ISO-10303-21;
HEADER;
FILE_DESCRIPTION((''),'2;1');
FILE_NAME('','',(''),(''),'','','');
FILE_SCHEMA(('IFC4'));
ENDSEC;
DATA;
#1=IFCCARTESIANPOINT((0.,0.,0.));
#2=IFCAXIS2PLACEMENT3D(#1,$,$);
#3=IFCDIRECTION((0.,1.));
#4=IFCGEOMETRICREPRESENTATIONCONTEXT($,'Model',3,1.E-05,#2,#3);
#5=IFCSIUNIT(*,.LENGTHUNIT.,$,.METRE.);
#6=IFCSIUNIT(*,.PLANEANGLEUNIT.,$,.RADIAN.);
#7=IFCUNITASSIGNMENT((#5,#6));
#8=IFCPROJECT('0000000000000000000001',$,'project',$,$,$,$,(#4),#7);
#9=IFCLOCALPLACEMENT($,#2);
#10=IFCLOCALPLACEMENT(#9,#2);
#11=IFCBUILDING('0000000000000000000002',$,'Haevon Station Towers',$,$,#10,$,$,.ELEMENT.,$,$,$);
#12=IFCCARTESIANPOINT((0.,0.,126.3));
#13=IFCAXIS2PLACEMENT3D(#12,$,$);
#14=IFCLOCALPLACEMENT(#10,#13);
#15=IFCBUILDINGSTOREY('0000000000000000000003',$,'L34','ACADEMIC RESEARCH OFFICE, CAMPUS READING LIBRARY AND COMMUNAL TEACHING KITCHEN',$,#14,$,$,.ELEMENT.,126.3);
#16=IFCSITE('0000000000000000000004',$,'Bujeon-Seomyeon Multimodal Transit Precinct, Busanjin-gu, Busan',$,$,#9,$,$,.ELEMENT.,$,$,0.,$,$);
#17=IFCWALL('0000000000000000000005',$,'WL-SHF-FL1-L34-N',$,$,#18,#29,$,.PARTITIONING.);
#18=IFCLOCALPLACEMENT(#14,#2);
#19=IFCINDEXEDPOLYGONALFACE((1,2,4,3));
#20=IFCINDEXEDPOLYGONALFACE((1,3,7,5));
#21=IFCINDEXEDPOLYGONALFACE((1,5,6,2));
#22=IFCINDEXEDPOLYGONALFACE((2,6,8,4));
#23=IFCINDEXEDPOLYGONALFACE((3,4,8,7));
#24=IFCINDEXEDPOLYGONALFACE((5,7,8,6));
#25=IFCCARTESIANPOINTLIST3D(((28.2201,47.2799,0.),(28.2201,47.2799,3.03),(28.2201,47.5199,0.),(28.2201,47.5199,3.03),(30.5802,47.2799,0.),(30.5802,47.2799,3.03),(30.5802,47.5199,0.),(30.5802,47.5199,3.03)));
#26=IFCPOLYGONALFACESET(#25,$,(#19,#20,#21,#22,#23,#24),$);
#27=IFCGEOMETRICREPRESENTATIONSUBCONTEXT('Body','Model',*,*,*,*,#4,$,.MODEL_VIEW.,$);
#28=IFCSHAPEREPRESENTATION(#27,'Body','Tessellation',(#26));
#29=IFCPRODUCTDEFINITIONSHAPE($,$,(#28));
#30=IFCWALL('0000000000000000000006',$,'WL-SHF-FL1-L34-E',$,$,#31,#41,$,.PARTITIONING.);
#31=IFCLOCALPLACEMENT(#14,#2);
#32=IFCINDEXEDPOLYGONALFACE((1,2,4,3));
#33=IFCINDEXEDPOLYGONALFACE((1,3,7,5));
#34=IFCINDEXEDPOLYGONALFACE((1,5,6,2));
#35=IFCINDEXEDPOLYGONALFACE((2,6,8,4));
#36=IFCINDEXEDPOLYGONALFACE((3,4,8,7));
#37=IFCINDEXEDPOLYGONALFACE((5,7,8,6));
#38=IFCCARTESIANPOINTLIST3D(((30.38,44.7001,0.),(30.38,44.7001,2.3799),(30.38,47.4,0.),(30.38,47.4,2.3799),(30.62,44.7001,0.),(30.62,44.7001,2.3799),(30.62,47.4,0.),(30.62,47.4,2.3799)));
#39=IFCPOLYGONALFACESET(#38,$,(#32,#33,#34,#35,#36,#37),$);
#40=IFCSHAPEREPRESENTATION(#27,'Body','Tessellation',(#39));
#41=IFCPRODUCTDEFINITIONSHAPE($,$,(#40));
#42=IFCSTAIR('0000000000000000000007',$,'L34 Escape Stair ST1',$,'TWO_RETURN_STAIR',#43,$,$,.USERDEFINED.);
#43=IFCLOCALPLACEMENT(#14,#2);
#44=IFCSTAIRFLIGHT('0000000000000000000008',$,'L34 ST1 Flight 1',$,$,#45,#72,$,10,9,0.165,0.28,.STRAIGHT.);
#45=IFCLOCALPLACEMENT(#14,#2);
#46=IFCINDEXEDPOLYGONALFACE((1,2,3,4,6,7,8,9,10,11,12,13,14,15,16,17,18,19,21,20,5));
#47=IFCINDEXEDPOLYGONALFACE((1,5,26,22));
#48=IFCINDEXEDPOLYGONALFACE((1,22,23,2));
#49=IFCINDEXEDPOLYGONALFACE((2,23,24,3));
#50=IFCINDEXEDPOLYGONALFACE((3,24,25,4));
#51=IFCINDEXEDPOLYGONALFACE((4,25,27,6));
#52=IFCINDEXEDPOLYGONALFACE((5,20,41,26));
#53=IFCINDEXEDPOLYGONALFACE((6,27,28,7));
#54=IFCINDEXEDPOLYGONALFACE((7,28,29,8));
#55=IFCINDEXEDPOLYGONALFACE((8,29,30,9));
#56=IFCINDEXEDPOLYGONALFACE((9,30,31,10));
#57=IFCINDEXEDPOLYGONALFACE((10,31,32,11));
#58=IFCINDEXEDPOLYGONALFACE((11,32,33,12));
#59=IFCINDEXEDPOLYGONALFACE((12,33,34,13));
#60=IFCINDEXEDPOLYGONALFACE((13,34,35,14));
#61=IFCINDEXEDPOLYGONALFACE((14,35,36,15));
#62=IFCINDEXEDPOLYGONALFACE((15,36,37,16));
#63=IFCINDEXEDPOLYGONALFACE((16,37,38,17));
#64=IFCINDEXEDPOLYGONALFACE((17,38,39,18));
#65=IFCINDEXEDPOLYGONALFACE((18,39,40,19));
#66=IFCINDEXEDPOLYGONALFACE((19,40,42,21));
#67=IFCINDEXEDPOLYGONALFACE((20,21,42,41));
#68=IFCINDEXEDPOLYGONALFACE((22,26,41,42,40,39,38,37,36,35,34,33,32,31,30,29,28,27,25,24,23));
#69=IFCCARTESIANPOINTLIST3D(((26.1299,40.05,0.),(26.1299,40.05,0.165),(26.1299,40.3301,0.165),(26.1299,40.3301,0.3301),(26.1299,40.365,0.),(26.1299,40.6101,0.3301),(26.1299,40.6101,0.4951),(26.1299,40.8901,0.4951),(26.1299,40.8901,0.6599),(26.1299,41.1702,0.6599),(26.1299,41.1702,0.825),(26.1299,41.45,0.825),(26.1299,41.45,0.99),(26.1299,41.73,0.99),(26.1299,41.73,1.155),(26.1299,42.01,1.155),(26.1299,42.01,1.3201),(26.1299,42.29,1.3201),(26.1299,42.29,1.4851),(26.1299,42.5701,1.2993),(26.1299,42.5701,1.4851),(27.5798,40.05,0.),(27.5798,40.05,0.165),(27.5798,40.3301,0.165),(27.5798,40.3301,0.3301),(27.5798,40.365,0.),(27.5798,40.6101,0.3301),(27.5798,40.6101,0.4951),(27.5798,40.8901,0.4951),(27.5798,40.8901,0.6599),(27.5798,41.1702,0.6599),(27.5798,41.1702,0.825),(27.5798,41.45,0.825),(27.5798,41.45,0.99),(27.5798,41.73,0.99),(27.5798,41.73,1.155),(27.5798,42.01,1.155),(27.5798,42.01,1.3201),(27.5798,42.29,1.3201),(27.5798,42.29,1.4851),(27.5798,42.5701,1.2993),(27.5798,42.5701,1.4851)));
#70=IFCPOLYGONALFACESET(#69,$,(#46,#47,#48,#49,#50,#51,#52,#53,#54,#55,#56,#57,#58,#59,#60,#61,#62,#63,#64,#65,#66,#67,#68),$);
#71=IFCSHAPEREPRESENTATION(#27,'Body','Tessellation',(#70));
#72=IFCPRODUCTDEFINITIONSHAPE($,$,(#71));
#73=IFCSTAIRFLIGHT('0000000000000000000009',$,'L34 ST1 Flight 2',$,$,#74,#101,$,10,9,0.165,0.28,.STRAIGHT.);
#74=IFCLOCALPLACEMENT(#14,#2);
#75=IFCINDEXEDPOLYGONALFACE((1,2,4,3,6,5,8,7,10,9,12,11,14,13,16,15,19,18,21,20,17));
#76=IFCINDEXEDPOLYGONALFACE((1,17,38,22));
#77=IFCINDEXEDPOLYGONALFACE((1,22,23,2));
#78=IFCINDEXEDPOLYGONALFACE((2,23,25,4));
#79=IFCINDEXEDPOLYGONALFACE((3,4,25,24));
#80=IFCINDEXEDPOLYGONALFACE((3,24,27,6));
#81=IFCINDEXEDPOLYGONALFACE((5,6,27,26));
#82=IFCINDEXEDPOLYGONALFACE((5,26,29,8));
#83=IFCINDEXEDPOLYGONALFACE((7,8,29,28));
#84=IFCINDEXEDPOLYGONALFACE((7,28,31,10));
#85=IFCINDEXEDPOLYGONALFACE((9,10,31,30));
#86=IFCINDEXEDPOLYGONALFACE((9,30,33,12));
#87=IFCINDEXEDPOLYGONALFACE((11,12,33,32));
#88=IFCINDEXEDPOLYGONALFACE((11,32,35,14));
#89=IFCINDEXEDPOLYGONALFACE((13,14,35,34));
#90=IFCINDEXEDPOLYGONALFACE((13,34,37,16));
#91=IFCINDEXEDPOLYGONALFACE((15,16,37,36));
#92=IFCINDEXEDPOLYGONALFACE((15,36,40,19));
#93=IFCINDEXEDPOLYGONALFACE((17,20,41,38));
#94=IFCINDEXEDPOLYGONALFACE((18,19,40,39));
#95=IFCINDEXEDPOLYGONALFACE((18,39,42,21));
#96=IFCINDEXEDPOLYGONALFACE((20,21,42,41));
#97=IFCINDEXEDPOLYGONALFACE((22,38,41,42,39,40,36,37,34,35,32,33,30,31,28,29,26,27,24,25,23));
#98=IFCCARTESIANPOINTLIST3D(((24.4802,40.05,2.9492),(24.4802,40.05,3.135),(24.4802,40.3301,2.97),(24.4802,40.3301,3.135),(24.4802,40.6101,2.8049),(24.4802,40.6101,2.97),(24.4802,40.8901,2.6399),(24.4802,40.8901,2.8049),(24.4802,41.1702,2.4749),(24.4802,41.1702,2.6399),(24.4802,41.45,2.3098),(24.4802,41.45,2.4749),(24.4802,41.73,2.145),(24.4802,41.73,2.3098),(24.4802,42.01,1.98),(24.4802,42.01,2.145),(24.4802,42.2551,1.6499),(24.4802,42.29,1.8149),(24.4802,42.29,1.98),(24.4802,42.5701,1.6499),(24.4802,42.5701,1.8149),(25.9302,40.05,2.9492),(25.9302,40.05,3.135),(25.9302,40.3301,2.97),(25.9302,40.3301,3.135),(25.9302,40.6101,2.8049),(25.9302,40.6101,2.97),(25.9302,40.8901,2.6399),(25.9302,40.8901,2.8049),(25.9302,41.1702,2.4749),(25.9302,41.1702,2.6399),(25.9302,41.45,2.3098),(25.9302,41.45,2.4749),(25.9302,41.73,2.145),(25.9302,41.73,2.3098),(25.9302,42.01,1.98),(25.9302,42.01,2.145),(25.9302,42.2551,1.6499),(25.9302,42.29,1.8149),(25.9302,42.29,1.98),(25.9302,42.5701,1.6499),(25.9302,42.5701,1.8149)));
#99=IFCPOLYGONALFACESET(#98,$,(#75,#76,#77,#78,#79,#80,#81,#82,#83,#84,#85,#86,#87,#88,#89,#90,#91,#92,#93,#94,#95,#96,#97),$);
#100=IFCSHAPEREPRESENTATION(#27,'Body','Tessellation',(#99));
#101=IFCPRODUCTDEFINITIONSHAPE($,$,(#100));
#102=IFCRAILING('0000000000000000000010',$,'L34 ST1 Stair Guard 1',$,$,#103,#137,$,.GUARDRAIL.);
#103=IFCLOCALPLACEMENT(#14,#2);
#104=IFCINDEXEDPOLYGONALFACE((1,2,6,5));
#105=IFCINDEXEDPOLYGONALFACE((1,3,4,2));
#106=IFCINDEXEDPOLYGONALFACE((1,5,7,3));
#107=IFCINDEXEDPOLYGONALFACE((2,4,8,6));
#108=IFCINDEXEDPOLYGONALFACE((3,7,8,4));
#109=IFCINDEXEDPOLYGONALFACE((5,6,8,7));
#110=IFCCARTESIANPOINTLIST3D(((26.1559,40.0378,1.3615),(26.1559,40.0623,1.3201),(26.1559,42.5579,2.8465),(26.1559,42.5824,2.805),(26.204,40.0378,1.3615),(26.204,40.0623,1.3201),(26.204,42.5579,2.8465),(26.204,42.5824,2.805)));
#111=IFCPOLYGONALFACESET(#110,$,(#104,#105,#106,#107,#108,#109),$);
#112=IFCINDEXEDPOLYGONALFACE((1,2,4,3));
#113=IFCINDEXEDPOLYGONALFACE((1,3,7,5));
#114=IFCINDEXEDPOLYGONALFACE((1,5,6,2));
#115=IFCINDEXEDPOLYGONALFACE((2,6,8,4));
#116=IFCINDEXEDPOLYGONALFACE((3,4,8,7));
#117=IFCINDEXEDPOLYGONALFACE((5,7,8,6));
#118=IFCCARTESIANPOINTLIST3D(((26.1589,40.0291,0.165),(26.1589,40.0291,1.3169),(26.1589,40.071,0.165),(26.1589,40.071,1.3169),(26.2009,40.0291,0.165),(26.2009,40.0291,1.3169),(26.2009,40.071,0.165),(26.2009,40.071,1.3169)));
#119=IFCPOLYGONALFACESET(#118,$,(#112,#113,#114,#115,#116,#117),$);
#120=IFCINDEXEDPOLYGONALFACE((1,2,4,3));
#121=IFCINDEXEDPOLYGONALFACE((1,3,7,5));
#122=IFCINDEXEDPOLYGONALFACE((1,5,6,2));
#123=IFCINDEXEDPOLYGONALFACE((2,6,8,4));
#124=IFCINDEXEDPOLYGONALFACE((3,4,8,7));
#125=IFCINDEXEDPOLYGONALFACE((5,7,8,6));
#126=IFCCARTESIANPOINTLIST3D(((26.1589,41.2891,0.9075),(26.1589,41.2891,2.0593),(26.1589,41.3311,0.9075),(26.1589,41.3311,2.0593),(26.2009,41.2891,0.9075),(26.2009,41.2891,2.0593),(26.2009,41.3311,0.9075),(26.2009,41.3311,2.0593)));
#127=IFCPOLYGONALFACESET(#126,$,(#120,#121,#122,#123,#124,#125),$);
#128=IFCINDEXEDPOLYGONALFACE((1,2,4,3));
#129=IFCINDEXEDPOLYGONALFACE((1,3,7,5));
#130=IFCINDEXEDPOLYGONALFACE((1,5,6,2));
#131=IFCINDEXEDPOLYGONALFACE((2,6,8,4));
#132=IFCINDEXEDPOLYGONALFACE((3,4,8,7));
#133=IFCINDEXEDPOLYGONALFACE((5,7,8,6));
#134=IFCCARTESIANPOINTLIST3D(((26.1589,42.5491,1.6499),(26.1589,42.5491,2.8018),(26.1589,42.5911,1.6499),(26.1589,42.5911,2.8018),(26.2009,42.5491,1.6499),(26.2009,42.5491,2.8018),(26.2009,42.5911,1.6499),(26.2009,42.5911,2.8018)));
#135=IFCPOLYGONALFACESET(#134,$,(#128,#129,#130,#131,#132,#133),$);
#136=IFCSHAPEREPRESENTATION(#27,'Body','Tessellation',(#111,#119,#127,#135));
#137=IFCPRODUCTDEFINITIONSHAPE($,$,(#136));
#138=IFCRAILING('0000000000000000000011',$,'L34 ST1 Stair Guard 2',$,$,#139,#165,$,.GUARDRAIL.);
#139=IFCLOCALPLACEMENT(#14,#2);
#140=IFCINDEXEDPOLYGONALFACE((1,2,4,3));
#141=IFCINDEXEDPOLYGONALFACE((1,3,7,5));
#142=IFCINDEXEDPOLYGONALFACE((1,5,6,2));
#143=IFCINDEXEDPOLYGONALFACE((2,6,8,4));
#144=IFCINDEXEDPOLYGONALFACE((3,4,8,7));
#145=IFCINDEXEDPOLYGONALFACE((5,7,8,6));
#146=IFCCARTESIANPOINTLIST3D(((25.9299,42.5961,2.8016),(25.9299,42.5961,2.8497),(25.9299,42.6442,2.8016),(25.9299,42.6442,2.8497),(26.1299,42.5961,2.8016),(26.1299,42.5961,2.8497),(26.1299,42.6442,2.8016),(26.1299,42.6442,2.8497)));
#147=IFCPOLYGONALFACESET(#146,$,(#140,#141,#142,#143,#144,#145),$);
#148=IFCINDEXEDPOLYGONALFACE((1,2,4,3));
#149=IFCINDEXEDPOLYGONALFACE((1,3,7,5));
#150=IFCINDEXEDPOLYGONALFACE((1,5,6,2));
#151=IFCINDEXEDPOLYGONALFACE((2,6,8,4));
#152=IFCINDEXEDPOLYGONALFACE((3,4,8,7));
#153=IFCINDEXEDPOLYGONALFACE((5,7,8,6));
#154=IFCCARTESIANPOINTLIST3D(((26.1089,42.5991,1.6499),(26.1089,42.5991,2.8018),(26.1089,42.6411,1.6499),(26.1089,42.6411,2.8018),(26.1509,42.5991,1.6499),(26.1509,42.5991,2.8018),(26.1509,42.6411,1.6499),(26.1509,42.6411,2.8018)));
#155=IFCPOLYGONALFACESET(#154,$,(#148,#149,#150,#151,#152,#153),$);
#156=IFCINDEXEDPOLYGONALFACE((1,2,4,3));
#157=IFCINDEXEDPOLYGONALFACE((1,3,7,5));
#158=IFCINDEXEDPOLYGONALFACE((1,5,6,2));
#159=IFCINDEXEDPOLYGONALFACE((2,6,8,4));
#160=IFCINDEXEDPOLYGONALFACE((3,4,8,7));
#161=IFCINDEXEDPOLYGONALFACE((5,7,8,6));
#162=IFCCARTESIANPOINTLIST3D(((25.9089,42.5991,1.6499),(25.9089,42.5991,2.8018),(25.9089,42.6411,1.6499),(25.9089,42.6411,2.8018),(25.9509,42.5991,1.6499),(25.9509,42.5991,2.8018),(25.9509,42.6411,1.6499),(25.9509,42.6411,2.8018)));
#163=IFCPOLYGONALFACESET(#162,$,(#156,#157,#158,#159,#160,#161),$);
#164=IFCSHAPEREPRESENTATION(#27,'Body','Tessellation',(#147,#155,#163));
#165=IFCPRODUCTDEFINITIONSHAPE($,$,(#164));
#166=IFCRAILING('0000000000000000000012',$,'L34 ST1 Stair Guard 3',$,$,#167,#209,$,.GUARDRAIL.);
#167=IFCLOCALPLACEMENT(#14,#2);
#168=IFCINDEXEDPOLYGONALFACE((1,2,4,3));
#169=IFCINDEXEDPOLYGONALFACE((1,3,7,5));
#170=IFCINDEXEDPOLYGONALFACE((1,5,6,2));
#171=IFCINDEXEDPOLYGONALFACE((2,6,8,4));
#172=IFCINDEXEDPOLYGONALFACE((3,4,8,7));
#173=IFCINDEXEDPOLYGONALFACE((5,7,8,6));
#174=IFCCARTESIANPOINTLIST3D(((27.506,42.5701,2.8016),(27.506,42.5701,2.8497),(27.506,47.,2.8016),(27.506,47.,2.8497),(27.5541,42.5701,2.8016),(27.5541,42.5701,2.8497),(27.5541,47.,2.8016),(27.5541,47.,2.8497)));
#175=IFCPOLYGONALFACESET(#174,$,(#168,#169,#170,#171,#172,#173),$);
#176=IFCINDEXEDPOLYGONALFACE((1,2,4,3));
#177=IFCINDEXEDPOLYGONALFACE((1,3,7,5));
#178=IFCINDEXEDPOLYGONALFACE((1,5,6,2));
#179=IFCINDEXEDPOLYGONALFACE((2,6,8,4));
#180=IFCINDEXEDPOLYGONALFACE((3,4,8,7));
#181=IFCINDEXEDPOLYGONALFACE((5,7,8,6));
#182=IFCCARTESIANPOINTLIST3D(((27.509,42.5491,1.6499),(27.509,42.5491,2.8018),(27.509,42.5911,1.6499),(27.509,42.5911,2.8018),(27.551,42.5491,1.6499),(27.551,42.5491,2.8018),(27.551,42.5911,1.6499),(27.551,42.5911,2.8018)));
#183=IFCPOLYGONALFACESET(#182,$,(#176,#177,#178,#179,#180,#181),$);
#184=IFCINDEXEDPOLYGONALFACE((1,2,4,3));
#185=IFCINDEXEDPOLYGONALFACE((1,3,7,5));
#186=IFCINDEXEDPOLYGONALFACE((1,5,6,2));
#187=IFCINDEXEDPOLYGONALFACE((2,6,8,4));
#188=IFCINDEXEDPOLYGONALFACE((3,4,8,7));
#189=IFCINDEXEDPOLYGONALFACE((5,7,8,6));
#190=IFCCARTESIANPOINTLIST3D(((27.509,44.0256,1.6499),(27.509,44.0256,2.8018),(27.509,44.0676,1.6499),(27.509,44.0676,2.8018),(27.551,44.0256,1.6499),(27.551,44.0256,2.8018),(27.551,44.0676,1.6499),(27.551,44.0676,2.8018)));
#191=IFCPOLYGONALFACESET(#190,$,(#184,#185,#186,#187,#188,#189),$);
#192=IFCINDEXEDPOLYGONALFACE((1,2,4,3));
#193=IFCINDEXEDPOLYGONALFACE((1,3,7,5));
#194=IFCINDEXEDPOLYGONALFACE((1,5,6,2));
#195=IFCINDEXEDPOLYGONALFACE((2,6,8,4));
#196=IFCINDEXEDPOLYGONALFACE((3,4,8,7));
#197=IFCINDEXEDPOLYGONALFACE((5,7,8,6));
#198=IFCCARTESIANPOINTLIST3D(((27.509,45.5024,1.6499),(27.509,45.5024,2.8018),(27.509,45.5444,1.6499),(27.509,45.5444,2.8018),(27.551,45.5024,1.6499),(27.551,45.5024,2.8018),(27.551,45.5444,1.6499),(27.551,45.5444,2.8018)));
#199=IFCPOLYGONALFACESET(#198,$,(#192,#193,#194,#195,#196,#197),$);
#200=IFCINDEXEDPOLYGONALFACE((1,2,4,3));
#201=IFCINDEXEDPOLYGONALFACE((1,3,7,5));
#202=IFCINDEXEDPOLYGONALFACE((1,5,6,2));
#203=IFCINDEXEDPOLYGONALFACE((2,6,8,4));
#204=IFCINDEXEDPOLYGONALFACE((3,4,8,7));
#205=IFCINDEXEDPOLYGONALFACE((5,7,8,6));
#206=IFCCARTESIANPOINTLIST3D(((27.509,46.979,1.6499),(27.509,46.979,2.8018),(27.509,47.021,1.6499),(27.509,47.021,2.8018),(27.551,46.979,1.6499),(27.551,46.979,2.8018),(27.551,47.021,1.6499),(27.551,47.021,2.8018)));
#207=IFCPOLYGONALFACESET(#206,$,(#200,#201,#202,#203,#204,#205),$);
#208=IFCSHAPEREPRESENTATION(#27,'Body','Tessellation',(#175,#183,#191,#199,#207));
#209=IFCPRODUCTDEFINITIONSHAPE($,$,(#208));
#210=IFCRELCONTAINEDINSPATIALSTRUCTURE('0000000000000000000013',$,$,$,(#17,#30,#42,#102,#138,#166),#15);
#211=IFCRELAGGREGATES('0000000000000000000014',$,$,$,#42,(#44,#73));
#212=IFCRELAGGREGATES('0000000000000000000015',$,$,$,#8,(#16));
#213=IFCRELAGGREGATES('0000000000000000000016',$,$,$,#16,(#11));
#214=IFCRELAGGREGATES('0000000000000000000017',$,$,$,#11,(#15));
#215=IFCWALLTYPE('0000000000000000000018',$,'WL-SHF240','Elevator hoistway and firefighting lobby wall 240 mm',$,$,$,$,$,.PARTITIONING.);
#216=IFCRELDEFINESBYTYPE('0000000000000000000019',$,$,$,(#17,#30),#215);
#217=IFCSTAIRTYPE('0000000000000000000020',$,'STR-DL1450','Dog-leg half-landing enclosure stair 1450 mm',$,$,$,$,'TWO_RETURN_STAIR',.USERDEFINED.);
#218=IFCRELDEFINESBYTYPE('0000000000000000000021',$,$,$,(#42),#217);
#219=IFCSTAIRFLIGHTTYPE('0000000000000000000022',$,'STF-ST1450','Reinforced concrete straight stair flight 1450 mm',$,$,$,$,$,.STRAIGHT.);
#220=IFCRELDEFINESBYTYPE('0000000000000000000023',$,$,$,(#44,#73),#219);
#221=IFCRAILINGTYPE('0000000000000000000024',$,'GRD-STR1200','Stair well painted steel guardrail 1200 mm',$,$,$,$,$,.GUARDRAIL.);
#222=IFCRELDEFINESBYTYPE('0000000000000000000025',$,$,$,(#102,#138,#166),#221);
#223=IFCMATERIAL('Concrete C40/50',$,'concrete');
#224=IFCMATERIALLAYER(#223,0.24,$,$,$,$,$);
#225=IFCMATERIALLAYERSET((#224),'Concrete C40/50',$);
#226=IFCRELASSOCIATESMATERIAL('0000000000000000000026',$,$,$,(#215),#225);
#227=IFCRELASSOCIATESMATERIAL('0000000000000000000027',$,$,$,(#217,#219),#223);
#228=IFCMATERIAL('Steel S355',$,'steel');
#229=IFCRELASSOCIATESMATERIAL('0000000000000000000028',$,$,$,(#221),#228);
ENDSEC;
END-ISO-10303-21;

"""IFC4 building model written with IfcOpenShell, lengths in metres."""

from ifc_helpers import new_model, si_unit, direction, frame, frame_2d, origin, origin_2d, place, context, subcontext, project, spatial, polyline, rectangle, outline, extrude, material, layer, layer_set, type_object, element, aggregate, save


model = new_model("IFC4")

# Units and contexts
model_context = context("Model", 3, precision=1e-05, world=origin(), true_north=direction((0.0, 1.0)))
body_context = subcontext(model_context, "Body", "Model", "MODEL_VIEW")
ifc_project = project(units=[si_unit("LENGTHUNIT", "METRE"), si_unit("PLANEANGLEUNIT", "RADIAN")], contexts=[model_context])

# Site, building, storey
site_placement = place(None, origin())
site = spatial("IfcSite", under=ifc_project, at=site_placement, Name="Bujeon-Seomyeon Multimodal Transit Precinct, Busanjin-gu, Busan", CompositionType="ELEMENT", RefElevation=0.0)
building_placement = place(site_placement, origin())
building = spatial("IfcBuilding", under=site, at=building_placement, Name="Haevon Station Towers", CompositionType="ELEMENT")
storey_placement = place(building_placement, frame((0.0, 0.0, 126.3)))
storey = spatial("IfcBuildingStorey", under=building, at=storey_placement, Name="L34", Description="ACADEMIC RESEARCH OFFICE, CAMPUS READING LIBRARY AND COMMUNAL TEACHING KITCHEN", CompositionType="ELEMENT", Elevation=126.3)

# Shared definitions
ifc_material_1 = material(Name="Steel S355", Category="steel")

# Shared definitions
ifc_material_2 = material(Name="Concrete C40/50", Category="concrete")
ifc_layer_1 = layer(ifc_material_2, 0.24)
ifc_layer_set_1 = layer_set([ifc_layer_1], Name="Concrete C40/50")
wall_type_1 = type_object("IfcWallType", Name="WL-SHF240", Description="Elevator hoistway and firefighting lobby wall 240 mm", PredefinedType="PARTITIONING", material=ifc_layer_set_1)

# Walls
wall_1_placement = place(storey_placement, frame((28.22, 47.3999, 0.0), z_axis=(0.0, 0.0, 1.0), x_axis=(1.0, 0.0, 0.0)))
element("IfcWall", 1, at=wall_1_placement, inside=storey, type_object=wall_type_1, Name="WL-SHF-FL1-L34-N", PredefinedType="PARTITIONING", context=body_context, shape_type="SweptSolid", body=[
    extrude(rectangle(XDim=2.3601, YDim=0.24, at=frame_2d((1.1802, 0.0))), origin(), (0.0, 0.0, 1.0), 3.03),
])
wall_2_placement = place(storey_placement, frame((30.5, 44.7, 0.0), z_axis=(0.0, 0.0, 1.0), x_axis=(0.0, 1.0, 0.0)))
element("IfcWall", 2, at=wall_2_placement, inside=storey, type_object=wall_type_1, Name="WL-SHF-FL1-L34-E", PredefinedType="PARTITIONING", context=body_context, shape_type="SweptSolid", body=[
    extrude(rectangle(XDim=2.7, YDim=0.24, at=frame_2d((1.3501, 0.0))), origin(), (0.0, 0.0, 1.0), 2.3799),
])

# Stair, stair flights
stair_type = type_object("IfcStairType", Name="STR-DL1450", Description="Dog-leg half-landing enclosure stair 1450 mm", ElementType="TWO_RETURN_STAIR", PredefinedType="USERDEFINED", material=ifc_material_2)
stair_placement = place(storey_placement, origin())
stair = element("IfcStair", 3, at=stair_placement, inside=storey, type_object=stair_type, Name="L34 Escape Stair ST1", ObjectType="TWO_RETURN_STAIR", PredefinedType="USERDEFINED")
stair_flight_type = type_object("IfcStairFlightType", Name="STF-ST1450", Description="Reinforced concrete straight stair flight 1450 mm", PredefinedType="STRAIGHT", material=ifc_material_2)
stair_flight_1_placement = place(storey_placement, frame((26.855, 40.05, 0.0), z_axis=(0.0, 0.0, 1.0), x_axis=(0.0, 1.0, 0.0)))
stair_flight_1 = element("IfcStairFlight", 4, at=stair_flight_1_placement, type_object=stair_flight_type, Name="L34 ST1 Flight 1", NumberOfRisers=10, NumberOfTreads=9, PredefinedType="STRAIGHT", RiserHeight=0.165, TreadLength=0.28, context=body_context, shape_type="SweptSolid", body=[
    extrude(outline(polyline([(0.0, 0.0), (0.0, 0.165), (0.28, 0.165), (0.28, 0.3301), (0.5601, 0.3301), (0.5601, 0.4951), (0.8401, 0.4951), (0.8401, 0.6599), (1.1201, 0.6599), (1.1201, 0.825), (1.3999, 0.825), (1.3999, 0.99), (1.6799, 0.99), (1.6799, 1.155), (1.96, 1.155), (1.96, 1.3201), (2.24, 1.3201), (2.24, 1.4851), (2.52, 1.4851), (2.52, 1.6499), (2.52, 1.2993), (0.3149, 0.0), (0.0, 0.0)])), frame((0.0, 0.7251, 0.0), z_axis=(0.0, -1.0, 0.0), x_axis=(1.0, 0.0, 0.0)), (0.0, 0.0, 1.0), 1.45),
])
stair_flight_2_placement = place(storey_placement, frame((25.2051, 42.5701, 1.6499), z_axis=(0.0, 0.0, 1.0), x_axis=(0.0, -1.0, 0.0)))
stair_flight_2 = element("IfcStairFlight", 5, at=stair_flight_2_placement, type_object=stair_flight_type, Name="L34 ST1 Flight 2", NumberOfRisers=10, NumberOfTreads=9, PredefinedType="STRAIGHT", RiserHeight=0.165, TreadLength=0.28, context=body_context, shape_type="SweptSolid", body=[
    extrude(outline(polyline([(0.0, 0.0), (0.0, 0.165), (0.28, 0.165), (0.28, 0.3301), (0.5601, 0.3301), (0.5601, 0.4951), (0.8401, 0.4951), (0.8401, 0.6599), (1.1201, 0.6599), (1.1201, 0.825), (1.3999, 0.825), (1.3999, 0.99), (1.6799, 0.99), (1.6799, 1.155), (1.96, 1.155), (1.96, 1.3201), (2.24, 1.3201), (2.24, 1.4851), (2.52, 1.4851), (2.52, 1.6499), (2.52, 1.2993), (0.3149, 0.0), (0.0, 0.0)])), frame((0.0, 0.7251, 0.0), z_axis=(0.0, -1.0, 0.0), x_axis=(1.0, 0.0, 0.0)), (0.0, 0.0, 1.0), 1.45),
])
aggregate(stair, [stair_flight_1, stair_flight_2])

# Railings
railing_type_1 = type_object("IfcRailingType", Name="GRD-STR1200", Description="Stair well painted steel guardrail 1200 mm", PredefinedType="GUARDRAIL", material=ifc_material_1)
railing_1_placement = place(storey_placement, frame((26.1799, 40.05, 0.165)))
element("IfcRailing", 6, at=railing_1_placement, inside=storey, type_object=railing_type_1, Name="L34 ST1 Stair Guard 1", PredefinedType="GUARDRAIL", context=body_context, shape_type="SweptSolid", body=[
    extrude(rectangle(XDim=0.0481, YDim=0.0481, at=origin_2d()), frame((0.0, 0.0, 1.1758), z_axis=(0.0, 0.861561, 0.507655), x_axis=(-1.0, 0.0, 0.0)), (0.0, 0.0, 1.0), 2.925),
    extrude(rectangle(XDim=0.042, YDim=0.042, at=origin_2d()), origin(), (0.0, 0.0, 1.0), 1.1519),
    extrude(rectangle(XDim=0.042, YDim=0.042, at=origin_2d()), frame((0.0, 1.26, 0.7424)), (0.0, 0.0, 1.0), 1.1519),
    extrude(rectangle(XDim=0.042, YDim=0.042, at=origin_2d()), frame((0.0, 2.52, 1.4849)), (0.0, 0.0, 1.0), 1.1519),
])
railing_2_placement = place(storey_placement, frame((26.1299, 42.6201, 1.6499)))
element("IfcRailing", 7, at=railing_2_placement, inside=storey, type_object=railing_type_1, Name="L34 ST1 Stair Guard 2", PredefinedType="GUARDRAIL", context=body_context, shape_type="SweptSolid", body=[
    extrude(rectangle(XDim=0.0481, YDim=0.0481, at=origin_2d()), frame((0.0, 0.0, 1.1758), z_axis=(-1.0, 0.0, 0.0), x_axis=(0.0, -1.0, 0.0)), (0.0, 0.0, 1.0), 0.2),
    extrude(rectangle(XDim=0.042, YDim=0.042, at=origin_2d()), origin(), (0.0, 0.0, 1.0), 1.1519),
    extrude(rectangle(XDim=0.042, YDim=0.042, at=origin_2d()), frame((-0.2, 0.0, 0.0)), (0.0, 0.0, 1.0), 1.1519),
])
railing_3_placement = place(storey_placement, frame((27.53, 42.5701, 1.6499)))
element("IfcRailing", 8, at=railing_3_placement, inside=storey, type_object=railing_type_1, Name="L34 ST1 Stair Guard 3", PredefinedType="GUARDRAIL", context=body_context, shape_type="SweptSolid", body=[
    extrude(rectangle(XDim=0.0481, YDim=0.0481, at=origin_2d()), frame((0.0, 0.0, 1.1758), z_axis=(0.0, 1.0, 0.0), x_axis=(-1.0, 0.0, 0.0)), (0.0, 0.0, 1.0), 4.4299),
    extrude(rectangle(XDim=0.042, YDim=0.042, at=origin_2d()), origin(), (0.0, 0.0, 1.0), 1.1519),
    extrude(rectangle(XDim=0.042, YDim=0.042, at=origin_2d()), frame((0.0, 1.4766, 0.0)), (0.0, 0.0, 1.0), 1.1519),
    extrude(rectangle(XDim=0.042, YDim=0.042, at=origin_2d()), frame((0.0, 2.9534, 0.0)), (0.0, 0.0, 1.0), 1.1519),
    extrude(rectangle(XDim=0.042, YDim=0.042, at=origin_2d()), frame((0.0, 4.4299, 0.0)), (0.0, 0.0, 1.0), 1.1519),
])

save(model, "model.ifc")
